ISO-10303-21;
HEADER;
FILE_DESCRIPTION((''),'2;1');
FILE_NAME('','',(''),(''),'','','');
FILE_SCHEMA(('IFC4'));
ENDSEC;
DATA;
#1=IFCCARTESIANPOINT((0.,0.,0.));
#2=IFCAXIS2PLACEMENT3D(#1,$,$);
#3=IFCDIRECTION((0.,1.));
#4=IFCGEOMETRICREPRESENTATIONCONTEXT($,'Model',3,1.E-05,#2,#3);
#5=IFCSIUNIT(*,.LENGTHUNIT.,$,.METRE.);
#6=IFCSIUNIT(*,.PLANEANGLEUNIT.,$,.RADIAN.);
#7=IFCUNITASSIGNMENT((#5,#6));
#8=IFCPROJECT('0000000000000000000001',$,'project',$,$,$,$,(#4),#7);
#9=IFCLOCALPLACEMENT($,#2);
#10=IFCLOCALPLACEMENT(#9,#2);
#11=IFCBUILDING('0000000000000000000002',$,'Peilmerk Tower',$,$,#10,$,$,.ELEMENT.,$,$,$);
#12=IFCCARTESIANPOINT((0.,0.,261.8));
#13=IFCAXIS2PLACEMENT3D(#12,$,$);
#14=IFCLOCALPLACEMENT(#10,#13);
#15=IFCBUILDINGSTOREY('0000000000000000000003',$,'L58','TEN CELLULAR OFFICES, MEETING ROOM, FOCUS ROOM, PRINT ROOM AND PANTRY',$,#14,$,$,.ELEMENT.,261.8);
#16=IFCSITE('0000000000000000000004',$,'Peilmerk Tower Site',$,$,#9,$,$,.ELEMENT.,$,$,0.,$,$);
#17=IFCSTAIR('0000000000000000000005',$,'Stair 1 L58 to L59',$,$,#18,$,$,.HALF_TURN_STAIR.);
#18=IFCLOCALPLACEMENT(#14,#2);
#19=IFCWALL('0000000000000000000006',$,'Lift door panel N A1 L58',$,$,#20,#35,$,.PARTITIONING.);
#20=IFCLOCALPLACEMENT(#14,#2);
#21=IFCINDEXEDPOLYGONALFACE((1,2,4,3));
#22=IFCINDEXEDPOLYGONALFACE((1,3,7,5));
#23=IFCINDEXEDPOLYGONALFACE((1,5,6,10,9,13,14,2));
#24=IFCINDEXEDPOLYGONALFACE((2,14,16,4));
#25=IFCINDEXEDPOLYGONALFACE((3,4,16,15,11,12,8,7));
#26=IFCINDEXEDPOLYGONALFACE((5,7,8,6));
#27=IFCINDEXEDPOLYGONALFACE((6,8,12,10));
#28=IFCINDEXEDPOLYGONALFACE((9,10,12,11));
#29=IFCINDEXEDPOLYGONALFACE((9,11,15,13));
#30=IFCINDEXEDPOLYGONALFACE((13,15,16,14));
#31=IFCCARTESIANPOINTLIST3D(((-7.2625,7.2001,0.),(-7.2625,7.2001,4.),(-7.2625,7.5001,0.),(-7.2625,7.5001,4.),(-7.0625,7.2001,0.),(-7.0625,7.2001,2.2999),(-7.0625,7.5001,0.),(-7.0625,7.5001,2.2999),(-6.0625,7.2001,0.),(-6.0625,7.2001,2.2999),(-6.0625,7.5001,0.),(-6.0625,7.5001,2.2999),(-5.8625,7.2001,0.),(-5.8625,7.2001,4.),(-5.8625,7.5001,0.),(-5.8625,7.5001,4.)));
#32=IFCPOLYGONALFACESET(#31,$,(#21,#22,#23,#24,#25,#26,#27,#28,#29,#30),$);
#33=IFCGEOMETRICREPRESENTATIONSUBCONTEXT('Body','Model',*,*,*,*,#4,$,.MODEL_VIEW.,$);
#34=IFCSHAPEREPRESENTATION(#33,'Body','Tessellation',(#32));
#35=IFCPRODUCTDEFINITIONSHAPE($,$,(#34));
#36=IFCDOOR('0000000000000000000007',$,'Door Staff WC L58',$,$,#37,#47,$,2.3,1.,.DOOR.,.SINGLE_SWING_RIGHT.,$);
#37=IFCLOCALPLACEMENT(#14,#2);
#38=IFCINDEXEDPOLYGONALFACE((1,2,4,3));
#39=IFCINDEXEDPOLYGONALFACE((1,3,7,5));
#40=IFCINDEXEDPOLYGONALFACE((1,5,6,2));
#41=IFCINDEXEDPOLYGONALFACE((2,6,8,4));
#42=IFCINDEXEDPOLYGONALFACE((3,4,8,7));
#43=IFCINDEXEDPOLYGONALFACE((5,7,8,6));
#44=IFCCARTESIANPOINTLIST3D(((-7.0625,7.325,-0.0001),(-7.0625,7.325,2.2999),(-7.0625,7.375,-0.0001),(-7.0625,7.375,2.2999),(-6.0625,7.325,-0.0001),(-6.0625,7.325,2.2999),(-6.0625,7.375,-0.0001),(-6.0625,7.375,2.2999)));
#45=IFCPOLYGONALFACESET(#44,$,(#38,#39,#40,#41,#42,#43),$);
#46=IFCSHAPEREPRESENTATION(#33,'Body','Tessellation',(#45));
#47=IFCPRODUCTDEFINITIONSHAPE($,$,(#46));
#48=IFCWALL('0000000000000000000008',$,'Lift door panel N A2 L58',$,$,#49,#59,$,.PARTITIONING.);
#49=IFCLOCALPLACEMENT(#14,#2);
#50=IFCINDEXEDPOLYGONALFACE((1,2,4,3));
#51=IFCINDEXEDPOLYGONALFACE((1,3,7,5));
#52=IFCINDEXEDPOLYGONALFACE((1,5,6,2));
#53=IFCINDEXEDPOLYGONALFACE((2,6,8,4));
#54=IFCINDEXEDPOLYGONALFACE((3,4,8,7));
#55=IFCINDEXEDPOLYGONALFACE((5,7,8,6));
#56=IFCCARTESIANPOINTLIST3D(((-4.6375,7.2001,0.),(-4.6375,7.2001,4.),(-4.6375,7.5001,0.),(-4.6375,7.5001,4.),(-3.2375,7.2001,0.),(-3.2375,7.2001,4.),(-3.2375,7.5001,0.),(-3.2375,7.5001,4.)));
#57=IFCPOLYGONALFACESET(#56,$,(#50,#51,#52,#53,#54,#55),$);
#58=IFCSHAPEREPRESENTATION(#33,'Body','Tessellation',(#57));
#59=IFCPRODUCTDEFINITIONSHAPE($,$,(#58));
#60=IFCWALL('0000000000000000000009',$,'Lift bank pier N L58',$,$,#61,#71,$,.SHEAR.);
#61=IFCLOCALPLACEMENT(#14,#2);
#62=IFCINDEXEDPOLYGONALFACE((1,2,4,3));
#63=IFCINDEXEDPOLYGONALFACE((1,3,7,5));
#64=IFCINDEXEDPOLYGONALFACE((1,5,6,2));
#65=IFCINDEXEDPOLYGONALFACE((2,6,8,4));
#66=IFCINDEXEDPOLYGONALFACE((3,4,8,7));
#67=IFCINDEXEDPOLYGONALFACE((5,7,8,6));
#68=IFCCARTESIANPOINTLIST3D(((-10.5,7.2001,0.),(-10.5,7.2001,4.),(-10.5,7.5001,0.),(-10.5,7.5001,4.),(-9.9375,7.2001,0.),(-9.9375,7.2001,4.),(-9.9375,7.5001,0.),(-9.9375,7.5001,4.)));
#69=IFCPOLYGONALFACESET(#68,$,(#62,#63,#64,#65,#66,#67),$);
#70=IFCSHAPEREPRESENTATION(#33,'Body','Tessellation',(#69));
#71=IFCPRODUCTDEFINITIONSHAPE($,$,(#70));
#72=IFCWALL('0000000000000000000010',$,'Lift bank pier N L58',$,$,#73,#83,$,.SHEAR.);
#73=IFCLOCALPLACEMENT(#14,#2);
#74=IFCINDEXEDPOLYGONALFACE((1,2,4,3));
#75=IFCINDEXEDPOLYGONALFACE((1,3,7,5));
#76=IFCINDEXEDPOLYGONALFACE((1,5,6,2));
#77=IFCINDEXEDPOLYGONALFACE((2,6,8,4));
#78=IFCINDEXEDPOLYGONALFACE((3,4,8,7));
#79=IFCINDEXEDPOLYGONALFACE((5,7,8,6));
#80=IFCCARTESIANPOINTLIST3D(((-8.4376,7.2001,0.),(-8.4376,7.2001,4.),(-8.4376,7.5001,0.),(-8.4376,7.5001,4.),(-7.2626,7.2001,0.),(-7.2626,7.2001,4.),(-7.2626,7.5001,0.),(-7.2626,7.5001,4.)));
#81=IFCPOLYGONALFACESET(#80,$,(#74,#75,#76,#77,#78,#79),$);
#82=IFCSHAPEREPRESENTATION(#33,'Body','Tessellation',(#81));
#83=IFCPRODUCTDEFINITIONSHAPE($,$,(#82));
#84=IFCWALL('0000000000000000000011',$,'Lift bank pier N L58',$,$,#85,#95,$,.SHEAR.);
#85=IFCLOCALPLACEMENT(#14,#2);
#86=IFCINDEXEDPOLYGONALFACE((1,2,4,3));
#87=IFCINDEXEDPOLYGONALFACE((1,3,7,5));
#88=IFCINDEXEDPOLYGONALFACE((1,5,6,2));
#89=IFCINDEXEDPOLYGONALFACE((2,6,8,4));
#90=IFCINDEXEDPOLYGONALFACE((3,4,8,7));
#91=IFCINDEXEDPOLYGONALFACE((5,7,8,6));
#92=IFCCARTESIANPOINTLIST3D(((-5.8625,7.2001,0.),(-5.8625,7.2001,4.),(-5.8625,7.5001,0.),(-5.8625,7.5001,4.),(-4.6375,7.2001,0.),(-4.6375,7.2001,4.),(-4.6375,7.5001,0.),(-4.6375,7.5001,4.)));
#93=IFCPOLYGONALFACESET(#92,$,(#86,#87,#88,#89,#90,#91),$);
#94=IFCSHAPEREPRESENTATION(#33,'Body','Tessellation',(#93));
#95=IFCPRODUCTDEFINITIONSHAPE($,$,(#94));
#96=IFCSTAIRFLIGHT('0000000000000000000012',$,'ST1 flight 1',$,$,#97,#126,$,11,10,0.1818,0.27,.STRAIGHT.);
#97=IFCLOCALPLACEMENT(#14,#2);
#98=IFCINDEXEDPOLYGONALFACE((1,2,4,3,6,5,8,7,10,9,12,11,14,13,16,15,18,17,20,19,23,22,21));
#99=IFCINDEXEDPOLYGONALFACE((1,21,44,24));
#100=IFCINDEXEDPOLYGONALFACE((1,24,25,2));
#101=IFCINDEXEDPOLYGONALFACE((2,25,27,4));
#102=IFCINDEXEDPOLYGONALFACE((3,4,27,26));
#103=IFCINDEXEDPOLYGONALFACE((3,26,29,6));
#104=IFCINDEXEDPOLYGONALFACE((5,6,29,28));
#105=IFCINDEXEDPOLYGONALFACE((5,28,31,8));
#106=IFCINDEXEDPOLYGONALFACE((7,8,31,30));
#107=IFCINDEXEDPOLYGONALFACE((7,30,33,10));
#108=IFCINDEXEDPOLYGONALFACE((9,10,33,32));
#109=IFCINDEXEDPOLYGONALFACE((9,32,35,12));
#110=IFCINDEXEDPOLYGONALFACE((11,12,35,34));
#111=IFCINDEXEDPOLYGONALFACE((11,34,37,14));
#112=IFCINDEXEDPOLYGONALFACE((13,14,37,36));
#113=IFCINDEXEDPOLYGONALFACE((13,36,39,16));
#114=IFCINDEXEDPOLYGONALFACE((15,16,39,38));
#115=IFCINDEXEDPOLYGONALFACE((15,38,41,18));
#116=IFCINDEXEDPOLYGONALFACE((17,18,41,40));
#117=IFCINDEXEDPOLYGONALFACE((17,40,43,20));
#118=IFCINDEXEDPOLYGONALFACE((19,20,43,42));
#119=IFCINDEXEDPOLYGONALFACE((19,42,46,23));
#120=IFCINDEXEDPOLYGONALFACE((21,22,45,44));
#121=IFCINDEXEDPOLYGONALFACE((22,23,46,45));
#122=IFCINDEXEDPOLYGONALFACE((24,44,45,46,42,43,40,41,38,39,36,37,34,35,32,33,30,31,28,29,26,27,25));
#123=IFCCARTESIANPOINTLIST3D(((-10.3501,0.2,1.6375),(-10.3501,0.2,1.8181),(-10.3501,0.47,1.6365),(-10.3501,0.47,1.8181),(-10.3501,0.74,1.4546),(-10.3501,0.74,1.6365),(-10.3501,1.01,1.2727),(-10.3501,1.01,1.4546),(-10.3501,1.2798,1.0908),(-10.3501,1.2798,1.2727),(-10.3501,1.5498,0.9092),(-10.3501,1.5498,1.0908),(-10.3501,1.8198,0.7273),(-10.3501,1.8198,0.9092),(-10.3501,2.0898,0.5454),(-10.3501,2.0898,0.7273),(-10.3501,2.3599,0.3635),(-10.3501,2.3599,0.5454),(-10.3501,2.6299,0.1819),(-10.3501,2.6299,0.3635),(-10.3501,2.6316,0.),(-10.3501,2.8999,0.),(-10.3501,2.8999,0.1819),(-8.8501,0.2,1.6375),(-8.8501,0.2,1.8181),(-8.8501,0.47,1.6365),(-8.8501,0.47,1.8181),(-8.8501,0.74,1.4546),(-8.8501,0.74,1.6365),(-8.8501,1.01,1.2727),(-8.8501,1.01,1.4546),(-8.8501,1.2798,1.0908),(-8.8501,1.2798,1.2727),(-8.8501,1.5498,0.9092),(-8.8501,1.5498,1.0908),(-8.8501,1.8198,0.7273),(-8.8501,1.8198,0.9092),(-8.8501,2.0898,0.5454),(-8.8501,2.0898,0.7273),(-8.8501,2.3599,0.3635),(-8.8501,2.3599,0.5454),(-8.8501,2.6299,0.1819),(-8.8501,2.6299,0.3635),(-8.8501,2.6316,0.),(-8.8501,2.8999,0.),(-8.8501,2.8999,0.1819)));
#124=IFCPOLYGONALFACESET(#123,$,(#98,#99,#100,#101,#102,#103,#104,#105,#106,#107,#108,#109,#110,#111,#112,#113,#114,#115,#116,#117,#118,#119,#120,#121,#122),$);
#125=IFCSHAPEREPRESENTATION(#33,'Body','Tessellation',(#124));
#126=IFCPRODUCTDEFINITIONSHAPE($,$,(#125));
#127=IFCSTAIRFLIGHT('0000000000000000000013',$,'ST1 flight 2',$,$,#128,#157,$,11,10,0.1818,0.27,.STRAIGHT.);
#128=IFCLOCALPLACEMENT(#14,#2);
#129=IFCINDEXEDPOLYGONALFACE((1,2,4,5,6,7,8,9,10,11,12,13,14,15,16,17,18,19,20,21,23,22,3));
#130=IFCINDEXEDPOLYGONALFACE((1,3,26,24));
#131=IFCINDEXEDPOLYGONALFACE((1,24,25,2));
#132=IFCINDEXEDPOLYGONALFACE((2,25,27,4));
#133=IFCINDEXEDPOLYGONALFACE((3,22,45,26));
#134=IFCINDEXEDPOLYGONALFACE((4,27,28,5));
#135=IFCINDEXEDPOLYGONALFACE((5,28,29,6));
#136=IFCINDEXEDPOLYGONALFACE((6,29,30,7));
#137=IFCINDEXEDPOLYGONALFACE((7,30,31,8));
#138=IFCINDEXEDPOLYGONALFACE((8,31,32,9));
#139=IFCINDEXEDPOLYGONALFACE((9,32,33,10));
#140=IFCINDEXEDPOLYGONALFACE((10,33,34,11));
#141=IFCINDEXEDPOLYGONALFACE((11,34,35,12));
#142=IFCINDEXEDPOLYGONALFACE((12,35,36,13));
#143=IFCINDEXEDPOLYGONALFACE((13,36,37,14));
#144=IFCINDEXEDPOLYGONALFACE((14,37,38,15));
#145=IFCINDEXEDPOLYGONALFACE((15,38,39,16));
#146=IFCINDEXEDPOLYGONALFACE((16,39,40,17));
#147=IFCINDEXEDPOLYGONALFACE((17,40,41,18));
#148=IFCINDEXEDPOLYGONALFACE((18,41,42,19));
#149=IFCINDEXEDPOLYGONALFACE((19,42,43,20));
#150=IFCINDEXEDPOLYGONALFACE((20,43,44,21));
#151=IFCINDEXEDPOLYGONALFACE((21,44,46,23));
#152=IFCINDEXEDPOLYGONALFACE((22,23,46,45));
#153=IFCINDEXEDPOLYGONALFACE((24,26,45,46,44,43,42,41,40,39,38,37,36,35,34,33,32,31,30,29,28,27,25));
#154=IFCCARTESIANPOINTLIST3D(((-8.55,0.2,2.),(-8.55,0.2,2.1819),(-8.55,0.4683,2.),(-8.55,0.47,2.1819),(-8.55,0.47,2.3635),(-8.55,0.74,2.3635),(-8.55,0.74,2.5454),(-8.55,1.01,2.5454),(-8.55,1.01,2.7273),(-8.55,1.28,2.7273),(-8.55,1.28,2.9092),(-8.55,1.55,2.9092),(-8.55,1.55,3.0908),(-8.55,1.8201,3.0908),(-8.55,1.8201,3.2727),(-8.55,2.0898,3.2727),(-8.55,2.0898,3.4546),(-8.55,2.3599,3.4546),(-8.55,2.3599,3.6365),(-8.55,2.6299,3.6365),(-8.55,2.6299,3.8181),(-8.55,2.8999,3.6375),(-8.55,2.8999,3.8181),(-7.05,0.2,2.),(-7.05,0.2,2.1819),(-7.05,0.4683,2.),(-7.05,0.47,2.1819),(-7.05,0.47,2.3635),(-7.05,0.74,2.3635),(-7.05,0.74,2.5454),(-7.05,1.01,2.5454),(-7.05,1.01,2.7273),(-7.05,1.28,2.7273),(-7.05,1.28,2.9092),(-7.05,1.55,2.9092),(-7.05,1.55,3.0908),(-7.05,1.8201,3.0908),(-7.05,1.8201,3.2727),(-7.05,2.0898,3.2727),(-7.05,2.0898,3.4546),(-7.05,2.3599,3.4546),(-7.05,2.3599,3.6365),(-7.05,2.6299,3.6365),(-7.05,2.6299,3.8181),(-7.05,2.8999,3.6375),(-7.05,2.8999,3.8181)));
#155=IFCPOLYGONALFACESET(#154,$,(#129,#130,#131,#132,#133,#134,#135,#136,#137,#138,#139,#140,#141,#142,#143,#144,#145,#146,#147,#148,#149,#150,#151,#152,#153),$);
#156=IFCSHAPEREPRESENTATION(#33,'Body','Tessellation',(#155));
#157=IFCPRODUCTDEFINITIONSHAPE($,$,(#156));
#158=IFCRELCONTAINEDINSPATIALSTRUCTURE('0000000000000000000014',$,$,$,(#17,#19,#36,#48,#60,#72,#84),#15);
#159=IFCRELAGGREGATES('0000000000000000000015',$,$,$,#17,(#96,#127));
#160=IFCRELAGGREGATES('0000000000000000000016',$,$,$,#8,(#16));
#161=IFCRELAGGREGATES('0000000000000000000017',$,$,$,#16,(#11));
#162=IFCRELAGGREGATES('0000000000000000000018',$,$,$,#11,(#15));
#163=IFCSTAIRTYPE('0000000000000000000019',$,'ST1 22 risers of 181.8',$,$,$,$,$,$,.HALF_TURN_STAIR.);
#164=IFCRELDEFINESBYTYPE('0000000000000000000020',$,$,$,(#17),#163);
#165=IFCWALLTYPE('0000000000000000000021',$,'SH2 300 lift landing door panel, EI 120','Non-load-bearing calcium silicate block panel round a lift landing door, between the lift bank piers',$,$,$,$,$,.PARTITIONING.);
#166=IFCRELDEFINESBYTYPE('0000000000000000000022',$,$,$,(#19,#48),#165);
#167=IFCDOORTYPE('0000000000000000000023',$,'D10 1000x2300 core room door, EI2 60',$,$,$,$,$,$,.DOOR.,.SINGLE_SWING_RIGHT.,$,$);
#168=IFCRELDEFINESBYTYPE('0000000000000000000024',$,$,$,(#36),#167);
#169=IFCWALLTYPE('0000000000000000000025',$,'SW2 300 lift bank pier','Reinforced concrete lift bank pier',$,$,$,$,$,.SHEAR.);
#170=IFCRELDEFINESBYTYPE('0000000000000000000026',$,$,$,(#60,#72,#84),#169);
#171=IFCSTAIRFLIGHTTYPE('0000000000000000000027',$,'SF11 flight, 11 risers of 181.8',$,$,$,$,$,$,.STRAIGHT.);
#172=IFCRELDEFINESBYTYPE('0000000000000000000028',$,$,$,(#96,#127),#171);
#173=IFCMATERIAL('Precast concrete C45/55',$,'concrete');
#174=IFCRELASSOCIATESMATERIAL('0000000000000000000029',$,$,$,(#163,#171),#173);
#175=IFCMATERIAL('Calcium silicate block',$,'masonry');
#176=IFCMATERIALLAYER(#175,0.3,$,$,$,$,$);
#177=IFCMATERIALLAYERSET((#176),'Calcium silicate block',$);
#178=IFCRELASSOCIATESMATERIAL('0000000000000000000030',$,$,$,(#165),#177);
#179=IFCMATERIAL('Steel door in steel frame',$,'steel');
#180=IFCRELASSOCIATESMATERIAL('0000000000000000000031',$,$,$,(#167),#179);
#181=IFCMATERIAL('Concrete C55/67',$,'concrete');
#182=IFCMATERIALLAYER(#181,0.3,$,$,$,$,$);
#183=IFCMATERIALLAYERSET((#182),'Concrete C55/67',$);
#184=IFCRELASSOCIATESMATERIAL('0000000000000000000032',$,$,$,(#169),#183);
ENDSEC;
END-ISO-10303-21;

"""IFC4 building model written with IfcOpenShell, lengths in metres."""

from ifc_helpers import new_model, si_unit, direction, frame, frame_2d, origin, place, context, subcontext, project, spatial, polyline, rectangle, outline, extrude, material, layer, layer_set, type_object, element, fill, aggregate, save


model = new_model("IFC4")

# Units and contexts
model_context = context("Model", 3, precision=1e-05, world=origin(), true_north=direction((0.0, 1.0)))
body_context = subcontext(model_context, "Body", "Model", "MODEL_VIEW")
ifc_project = project(units=[si_unit("LENGTHUNIT", "METRE"), si_unit("PLANEANGLEUNIT", "RADIAN")], contexts=[model_context])

# Site, building, storey
site_placement = place(None, origin())
site = spatial("IfcSite", under=ifc_project, at=site_placement, Name="Peilmerk Tower Site", CompositionType="ELEMENT", RefElevation=0.0)
building_placement = place(site_placement, origin())
building = spatial("IfcBuilding", under=site, at=building_placement, Name="Peilmerk Tower", CompositionType="ELEMENT")
storey_placement = place(building_placement, frame((0.0, 0.0, 261.8)))
storey = spatial("IfcBuildingStorey", under=building, at=storey_placement, Name="L58", Description="TEN CELLULAR OFFICES, MEETING ROOM, FOCUS ROOM, PRINT ROOM AND PANTRY", CompositionType="ELEMENT", Elevation=261.8)

# Shared definitions
ifc_material_1 = material(Name="Concrete C55/67", Category="concrete")

# Stair
ifc_material_2 = material(Name="Precast concrete C45/55", Category="concrete")
stair_type = type_object("IfcStairType", Name="ST1 22 risers of 181.8", PredefinedType="HALF_TURN_STAIR", material=ifc_material_2)
stair_placement = place(storey_placement, origin())
stair = element("IfcStair", 1, at=stair_placement, inside=storey, type_object=stair_type, Name="Stair 1 L58 to L59", PredefinedType="HALF_TURN_STAIR")

# Shared definitions
ifc_material_3 = material(Name="Steel door in steel frame", Category="steel")

# Wall, opening, door
ifc_material_4 = material(Name="Calcium silicate block", Category="masonry")
ifc_layer_1 = layer(ifc_material_4, 0.3)
ifc_layer_set_1 = layer_set([ifc_layer_1], Name="Calcium silicate block")
wall_type_1 = type_object("IfcWallType", Name="SH2 300 lift landing door panel, EI 120", Description="Non-load-bearing calcium silicate block panel round a lift landing door, between the lift bank piers", PredefinedType="PARTITIONING", material=ifc_layer_set_1)
wall_1_placement = place(storey_placement, frame((-7.2625, 7.3501, 0.0), z_axis=(0.0, 0.0, 1.0), x_axis=(1.0, 0.0, 0.0)))
wall_1 = element("IfcWall", 2, at=wall_1_placement, inside=storey, type_object=wall_type_1, Name="Lift door panel N A1 L58", PredefinedType="PARTITIONING", context=body_context, shape_type="SweptSolid", body=[
    extrude(rectangle(XDim=1.3999, YDim=0.3, at=frame_2d((0.7, 0.0))), origin(), (0.0, 0.0, 1.0), 4.0),
])
opening_1_placement = place(wall_1_placement, frame((0.2, 0.0, 0.0)))
opening_1 = element("IfcOpeningElement", 3, at=opening_1_placement, cuts=wall_1, PredefinedType="OPENING", context=body_context, shape_type="SweptSolid", body=[
    extrude(rectangle(XDim=1.0, YDim=2.3, at=frame_2d((0.5, 1.1499))), frame((0.0, 0.1599, 0.0), z_axis=(0.0, -1.0, 0.0), x_axis=(1.0, 0.0, 0.0)), (0.0, 0.0, 1.0), 0.3201),
])
door_type_1 = type_object("IfcDoorType", Name="D10 1000x2300 core room door, EI2 60", OperationType="SINGLE_SWING_RIGHT", PredefinedType="DOOR", material=ifc_material_3)
door_1_placement = place(opening_1_placement, origin())
door_1 = element("IfcDoor", 4, at=door_1_placement, inside=storey, type_object=door_type_1, Name="Door Staff WC L58", OperationType="SINGLE_SWING_RIGHT", OverallHeight=2.3, OverallWidth=1.0, PredefinedType="DOOR", context=body_context, shape_type="SweptSolid", body=[
    extrude(rectangle(XDim=1.0, YDim=2.3, at=frame_2d((0.5, 1.1499))), frame((0.0, 0.0249, 0.0), z_axis=(0.0, -1.0, 0.0), x_axis=(1.0, 0.0, 0.0)), (0.0, 0.0, 1.0), 0.05),
])
fill(opening_1, door_1)

# Walls
wall_2_placement = place(storey_placement, frame((-4.6375, 7.3501, 0.0), z_axis=(0.0, 0.0, 1.0), x_axis=(1.0, 0.0, 0.0)))
element("IfcWall", 5, at=wall_2_placement, inside=storey, type_object=wall_type_1, Name="Lift door panel N A2 L58", PredefinedType="PARTITIONING", context=body_context, shape_type="SweptSolid", body=[
    extrude(rectangle(XDim=1.3999, YDim=0.3, at=frame_2d((0.7, 0.0))), origin(), (0.0, 0.0, 1.0), 4.0),
])
ifc_layer_2 = layer(ifc_material_1, 0.3)
ifc_layer_set_2 = layer_set([ifc_layer_2], Name="Concrete C55/67")
wall_type_2 = type_object("IfcWallType", Name="SW2 300 lift bank pier", Description="Reinforced concrete lift bank pier", PredefinedType="SHEAR", material=ifc_layer_set_2)
wall_3_placement = place(storey_placement, frame((-10.5, 7.3501, 0.0), z_axis=(0.0, 0.0, 1.0), x_axis=(1.0, 0.0, 0.0)))
element("IfcWall", 6, at=wall_3_placement, inside=storey, type_object=wall_type_2, Name="Lift bank pier N L58", PredefinedType="SHEAR", context=body_context, shape_type="SweptSolid", body=[
    extrude(rectangle(XDim=0.5625, YDim=0.3, at=frame_2d((0.2812, 0.0))), origin(), (0.0, 0.0, 1.0), 4.0),
])
wall_4_placement = place(storey_placement, frame((-8.4375, 7.3501, 0.0), z_axis=(0.0, 0.0, 1.0), x_axis=(1.0, 0.0, 0.0)))
element("IfcWall", 7, at=wall_4_placement, inside=storey, type_object=wall_type_2, Name="Lift bank pier N L58", PredefinedType="SHEAR", context=body_context, shape_type="SweptSolid", body=[
    extrude(rectangle(XDim=1.175, YDim=0.3, at=frame_2d((0.5874, 0.0))), origin(), (0.0, 0.0, 1.0), 4.0),
])
wall_5_placement = place(storey_placement, frame((-5.8625, 7.3501, 0.0), z_axis=(0.0, 0.0, 1.0), x_axis=(1.0, 0.0, 0.0)))
element("IfcWall", 8, at=wall_5_placement, inside=storey, type_object=wall_type_2, Name="Lift bank pier N L58", PredefinedType="SHEAR", context=body_context, shape_type="SweptSolid", body=[
    extrude(rectangle(XDim=1.2251, YDim=0.3, at=frame_2d((0.6125, 0.0))), origin(), (0.0, 0.0, 1.0), 4.0),
])

# Stair flights
stair_flight_type = type_object("IfcStairFlightType", Name="SF11 flight, 11 risers of 181.8", PredefinedType="STRAIGHT", material=ifc_material_2)
stair_flight_1_placement = place(storey_placement, frame((-9.6001, 2.8999, 0.0), z_axis=(0.0, 0.0, 1.0), x_axis=(0.0, -1.0, 0.0)))
stair_flight_1 = element("IfcStairFlight", 9, at=stair_flight_1_placement, type_object=stair_flight_type, Name="ST1 flight 1", NumberOfRisers=11, NumberOfTreads=10, PredefinedType="STRAIGHT", RiserHeight=0.1818, TreadLength=0.27, context=body_context, shape_type="SweptSolid", body=[
    extrude(outline(polyline([(0.0, 0.0), (0.0, 0.1819), (0.27, 0.1819), (0.27, 0.3635), (0.54, 0.3635), (0.54, 0.5454), (0.8101, 0.5454), (0.8101, 0.7273), (1.0801, 0.7273), (1.0801, 0.9092), (1.3501, 0.9092), (1.3501, 1.0908), (1.6201, 1.0908), (1.6201, 1.2727), (1.8899, 1.2727), (1.8899, 1.4546), (2.1599, 1.4546), (2.1599, 1.6365), (2.4299, 1.6365), (2.4299, 1.8181), (2.7, 1.8181), (2.7, 2.0), (2.7, 1.6375), (0.2683, 0.0), (0.0, 0.0)])), frame((0.0, 0.75, 0.0), z_axis=(0.0, -1.0, 0.0), x_axis=(1.0, 0.0, 0.0)), (0.0, 0.0, 1.0), 1.5),
])
stair_flight_2_placement = place(storey_placement, frame((-7.8, 0.2, 2.0), z_axis=(0.0, 0.0, 1.0), x_axis=(0.0, 1.0, 0.0)))
stair_flight_2 = element("IfcStairFlight", 10, at=stair_flight_2_placement, type_object=stair_flight_type, Name="ST1 flight 2", NumberOfRisers=11, NumberOfTreads=10, PredefinedType="STRAIGHT", RiserHeight=0.1818, TreadLength=0.27, context=body_context, shape_type="SweptSolid", body=[
    extrude(outline(polyline([(0.0, 0.0), (0.0, 0.1819), (0.27, 0.1819), (0.27, 0.3635), (0.54, 0.3635), (0.54, 0.5454), (0.8101, 0.5454), (0.8101, 0.7273), (1.0801, 0.7273), (1.0801, 0.9092), (1.3501, 0.9092), (1.3501, 1.0908), (1.6201, 1.0908), (1.6201, 1.2727), (1.8899, 1.2727), (1.8899, 1.4546), (2.1599, 1.4546), (2.1599, 1.6365), (2.4299, 1.6365), (2.4299, 1.8181), (2.7, 1.8181), (2.7, 2.0), (2.7, 1.6375), (0.2683, 0.0), (0.0, 0.0)])), frame((0.0, 0.75, 0.0), z_axis=(0.0, -1.0, 0.0), x_axis=(1.0, 0.0, 0.0)), (0.0, 0.0, 1.0), 1.5),
])
aggregate(stair, [stair_flight_1, stair_flight_2])

save(model, "model.ifc")
